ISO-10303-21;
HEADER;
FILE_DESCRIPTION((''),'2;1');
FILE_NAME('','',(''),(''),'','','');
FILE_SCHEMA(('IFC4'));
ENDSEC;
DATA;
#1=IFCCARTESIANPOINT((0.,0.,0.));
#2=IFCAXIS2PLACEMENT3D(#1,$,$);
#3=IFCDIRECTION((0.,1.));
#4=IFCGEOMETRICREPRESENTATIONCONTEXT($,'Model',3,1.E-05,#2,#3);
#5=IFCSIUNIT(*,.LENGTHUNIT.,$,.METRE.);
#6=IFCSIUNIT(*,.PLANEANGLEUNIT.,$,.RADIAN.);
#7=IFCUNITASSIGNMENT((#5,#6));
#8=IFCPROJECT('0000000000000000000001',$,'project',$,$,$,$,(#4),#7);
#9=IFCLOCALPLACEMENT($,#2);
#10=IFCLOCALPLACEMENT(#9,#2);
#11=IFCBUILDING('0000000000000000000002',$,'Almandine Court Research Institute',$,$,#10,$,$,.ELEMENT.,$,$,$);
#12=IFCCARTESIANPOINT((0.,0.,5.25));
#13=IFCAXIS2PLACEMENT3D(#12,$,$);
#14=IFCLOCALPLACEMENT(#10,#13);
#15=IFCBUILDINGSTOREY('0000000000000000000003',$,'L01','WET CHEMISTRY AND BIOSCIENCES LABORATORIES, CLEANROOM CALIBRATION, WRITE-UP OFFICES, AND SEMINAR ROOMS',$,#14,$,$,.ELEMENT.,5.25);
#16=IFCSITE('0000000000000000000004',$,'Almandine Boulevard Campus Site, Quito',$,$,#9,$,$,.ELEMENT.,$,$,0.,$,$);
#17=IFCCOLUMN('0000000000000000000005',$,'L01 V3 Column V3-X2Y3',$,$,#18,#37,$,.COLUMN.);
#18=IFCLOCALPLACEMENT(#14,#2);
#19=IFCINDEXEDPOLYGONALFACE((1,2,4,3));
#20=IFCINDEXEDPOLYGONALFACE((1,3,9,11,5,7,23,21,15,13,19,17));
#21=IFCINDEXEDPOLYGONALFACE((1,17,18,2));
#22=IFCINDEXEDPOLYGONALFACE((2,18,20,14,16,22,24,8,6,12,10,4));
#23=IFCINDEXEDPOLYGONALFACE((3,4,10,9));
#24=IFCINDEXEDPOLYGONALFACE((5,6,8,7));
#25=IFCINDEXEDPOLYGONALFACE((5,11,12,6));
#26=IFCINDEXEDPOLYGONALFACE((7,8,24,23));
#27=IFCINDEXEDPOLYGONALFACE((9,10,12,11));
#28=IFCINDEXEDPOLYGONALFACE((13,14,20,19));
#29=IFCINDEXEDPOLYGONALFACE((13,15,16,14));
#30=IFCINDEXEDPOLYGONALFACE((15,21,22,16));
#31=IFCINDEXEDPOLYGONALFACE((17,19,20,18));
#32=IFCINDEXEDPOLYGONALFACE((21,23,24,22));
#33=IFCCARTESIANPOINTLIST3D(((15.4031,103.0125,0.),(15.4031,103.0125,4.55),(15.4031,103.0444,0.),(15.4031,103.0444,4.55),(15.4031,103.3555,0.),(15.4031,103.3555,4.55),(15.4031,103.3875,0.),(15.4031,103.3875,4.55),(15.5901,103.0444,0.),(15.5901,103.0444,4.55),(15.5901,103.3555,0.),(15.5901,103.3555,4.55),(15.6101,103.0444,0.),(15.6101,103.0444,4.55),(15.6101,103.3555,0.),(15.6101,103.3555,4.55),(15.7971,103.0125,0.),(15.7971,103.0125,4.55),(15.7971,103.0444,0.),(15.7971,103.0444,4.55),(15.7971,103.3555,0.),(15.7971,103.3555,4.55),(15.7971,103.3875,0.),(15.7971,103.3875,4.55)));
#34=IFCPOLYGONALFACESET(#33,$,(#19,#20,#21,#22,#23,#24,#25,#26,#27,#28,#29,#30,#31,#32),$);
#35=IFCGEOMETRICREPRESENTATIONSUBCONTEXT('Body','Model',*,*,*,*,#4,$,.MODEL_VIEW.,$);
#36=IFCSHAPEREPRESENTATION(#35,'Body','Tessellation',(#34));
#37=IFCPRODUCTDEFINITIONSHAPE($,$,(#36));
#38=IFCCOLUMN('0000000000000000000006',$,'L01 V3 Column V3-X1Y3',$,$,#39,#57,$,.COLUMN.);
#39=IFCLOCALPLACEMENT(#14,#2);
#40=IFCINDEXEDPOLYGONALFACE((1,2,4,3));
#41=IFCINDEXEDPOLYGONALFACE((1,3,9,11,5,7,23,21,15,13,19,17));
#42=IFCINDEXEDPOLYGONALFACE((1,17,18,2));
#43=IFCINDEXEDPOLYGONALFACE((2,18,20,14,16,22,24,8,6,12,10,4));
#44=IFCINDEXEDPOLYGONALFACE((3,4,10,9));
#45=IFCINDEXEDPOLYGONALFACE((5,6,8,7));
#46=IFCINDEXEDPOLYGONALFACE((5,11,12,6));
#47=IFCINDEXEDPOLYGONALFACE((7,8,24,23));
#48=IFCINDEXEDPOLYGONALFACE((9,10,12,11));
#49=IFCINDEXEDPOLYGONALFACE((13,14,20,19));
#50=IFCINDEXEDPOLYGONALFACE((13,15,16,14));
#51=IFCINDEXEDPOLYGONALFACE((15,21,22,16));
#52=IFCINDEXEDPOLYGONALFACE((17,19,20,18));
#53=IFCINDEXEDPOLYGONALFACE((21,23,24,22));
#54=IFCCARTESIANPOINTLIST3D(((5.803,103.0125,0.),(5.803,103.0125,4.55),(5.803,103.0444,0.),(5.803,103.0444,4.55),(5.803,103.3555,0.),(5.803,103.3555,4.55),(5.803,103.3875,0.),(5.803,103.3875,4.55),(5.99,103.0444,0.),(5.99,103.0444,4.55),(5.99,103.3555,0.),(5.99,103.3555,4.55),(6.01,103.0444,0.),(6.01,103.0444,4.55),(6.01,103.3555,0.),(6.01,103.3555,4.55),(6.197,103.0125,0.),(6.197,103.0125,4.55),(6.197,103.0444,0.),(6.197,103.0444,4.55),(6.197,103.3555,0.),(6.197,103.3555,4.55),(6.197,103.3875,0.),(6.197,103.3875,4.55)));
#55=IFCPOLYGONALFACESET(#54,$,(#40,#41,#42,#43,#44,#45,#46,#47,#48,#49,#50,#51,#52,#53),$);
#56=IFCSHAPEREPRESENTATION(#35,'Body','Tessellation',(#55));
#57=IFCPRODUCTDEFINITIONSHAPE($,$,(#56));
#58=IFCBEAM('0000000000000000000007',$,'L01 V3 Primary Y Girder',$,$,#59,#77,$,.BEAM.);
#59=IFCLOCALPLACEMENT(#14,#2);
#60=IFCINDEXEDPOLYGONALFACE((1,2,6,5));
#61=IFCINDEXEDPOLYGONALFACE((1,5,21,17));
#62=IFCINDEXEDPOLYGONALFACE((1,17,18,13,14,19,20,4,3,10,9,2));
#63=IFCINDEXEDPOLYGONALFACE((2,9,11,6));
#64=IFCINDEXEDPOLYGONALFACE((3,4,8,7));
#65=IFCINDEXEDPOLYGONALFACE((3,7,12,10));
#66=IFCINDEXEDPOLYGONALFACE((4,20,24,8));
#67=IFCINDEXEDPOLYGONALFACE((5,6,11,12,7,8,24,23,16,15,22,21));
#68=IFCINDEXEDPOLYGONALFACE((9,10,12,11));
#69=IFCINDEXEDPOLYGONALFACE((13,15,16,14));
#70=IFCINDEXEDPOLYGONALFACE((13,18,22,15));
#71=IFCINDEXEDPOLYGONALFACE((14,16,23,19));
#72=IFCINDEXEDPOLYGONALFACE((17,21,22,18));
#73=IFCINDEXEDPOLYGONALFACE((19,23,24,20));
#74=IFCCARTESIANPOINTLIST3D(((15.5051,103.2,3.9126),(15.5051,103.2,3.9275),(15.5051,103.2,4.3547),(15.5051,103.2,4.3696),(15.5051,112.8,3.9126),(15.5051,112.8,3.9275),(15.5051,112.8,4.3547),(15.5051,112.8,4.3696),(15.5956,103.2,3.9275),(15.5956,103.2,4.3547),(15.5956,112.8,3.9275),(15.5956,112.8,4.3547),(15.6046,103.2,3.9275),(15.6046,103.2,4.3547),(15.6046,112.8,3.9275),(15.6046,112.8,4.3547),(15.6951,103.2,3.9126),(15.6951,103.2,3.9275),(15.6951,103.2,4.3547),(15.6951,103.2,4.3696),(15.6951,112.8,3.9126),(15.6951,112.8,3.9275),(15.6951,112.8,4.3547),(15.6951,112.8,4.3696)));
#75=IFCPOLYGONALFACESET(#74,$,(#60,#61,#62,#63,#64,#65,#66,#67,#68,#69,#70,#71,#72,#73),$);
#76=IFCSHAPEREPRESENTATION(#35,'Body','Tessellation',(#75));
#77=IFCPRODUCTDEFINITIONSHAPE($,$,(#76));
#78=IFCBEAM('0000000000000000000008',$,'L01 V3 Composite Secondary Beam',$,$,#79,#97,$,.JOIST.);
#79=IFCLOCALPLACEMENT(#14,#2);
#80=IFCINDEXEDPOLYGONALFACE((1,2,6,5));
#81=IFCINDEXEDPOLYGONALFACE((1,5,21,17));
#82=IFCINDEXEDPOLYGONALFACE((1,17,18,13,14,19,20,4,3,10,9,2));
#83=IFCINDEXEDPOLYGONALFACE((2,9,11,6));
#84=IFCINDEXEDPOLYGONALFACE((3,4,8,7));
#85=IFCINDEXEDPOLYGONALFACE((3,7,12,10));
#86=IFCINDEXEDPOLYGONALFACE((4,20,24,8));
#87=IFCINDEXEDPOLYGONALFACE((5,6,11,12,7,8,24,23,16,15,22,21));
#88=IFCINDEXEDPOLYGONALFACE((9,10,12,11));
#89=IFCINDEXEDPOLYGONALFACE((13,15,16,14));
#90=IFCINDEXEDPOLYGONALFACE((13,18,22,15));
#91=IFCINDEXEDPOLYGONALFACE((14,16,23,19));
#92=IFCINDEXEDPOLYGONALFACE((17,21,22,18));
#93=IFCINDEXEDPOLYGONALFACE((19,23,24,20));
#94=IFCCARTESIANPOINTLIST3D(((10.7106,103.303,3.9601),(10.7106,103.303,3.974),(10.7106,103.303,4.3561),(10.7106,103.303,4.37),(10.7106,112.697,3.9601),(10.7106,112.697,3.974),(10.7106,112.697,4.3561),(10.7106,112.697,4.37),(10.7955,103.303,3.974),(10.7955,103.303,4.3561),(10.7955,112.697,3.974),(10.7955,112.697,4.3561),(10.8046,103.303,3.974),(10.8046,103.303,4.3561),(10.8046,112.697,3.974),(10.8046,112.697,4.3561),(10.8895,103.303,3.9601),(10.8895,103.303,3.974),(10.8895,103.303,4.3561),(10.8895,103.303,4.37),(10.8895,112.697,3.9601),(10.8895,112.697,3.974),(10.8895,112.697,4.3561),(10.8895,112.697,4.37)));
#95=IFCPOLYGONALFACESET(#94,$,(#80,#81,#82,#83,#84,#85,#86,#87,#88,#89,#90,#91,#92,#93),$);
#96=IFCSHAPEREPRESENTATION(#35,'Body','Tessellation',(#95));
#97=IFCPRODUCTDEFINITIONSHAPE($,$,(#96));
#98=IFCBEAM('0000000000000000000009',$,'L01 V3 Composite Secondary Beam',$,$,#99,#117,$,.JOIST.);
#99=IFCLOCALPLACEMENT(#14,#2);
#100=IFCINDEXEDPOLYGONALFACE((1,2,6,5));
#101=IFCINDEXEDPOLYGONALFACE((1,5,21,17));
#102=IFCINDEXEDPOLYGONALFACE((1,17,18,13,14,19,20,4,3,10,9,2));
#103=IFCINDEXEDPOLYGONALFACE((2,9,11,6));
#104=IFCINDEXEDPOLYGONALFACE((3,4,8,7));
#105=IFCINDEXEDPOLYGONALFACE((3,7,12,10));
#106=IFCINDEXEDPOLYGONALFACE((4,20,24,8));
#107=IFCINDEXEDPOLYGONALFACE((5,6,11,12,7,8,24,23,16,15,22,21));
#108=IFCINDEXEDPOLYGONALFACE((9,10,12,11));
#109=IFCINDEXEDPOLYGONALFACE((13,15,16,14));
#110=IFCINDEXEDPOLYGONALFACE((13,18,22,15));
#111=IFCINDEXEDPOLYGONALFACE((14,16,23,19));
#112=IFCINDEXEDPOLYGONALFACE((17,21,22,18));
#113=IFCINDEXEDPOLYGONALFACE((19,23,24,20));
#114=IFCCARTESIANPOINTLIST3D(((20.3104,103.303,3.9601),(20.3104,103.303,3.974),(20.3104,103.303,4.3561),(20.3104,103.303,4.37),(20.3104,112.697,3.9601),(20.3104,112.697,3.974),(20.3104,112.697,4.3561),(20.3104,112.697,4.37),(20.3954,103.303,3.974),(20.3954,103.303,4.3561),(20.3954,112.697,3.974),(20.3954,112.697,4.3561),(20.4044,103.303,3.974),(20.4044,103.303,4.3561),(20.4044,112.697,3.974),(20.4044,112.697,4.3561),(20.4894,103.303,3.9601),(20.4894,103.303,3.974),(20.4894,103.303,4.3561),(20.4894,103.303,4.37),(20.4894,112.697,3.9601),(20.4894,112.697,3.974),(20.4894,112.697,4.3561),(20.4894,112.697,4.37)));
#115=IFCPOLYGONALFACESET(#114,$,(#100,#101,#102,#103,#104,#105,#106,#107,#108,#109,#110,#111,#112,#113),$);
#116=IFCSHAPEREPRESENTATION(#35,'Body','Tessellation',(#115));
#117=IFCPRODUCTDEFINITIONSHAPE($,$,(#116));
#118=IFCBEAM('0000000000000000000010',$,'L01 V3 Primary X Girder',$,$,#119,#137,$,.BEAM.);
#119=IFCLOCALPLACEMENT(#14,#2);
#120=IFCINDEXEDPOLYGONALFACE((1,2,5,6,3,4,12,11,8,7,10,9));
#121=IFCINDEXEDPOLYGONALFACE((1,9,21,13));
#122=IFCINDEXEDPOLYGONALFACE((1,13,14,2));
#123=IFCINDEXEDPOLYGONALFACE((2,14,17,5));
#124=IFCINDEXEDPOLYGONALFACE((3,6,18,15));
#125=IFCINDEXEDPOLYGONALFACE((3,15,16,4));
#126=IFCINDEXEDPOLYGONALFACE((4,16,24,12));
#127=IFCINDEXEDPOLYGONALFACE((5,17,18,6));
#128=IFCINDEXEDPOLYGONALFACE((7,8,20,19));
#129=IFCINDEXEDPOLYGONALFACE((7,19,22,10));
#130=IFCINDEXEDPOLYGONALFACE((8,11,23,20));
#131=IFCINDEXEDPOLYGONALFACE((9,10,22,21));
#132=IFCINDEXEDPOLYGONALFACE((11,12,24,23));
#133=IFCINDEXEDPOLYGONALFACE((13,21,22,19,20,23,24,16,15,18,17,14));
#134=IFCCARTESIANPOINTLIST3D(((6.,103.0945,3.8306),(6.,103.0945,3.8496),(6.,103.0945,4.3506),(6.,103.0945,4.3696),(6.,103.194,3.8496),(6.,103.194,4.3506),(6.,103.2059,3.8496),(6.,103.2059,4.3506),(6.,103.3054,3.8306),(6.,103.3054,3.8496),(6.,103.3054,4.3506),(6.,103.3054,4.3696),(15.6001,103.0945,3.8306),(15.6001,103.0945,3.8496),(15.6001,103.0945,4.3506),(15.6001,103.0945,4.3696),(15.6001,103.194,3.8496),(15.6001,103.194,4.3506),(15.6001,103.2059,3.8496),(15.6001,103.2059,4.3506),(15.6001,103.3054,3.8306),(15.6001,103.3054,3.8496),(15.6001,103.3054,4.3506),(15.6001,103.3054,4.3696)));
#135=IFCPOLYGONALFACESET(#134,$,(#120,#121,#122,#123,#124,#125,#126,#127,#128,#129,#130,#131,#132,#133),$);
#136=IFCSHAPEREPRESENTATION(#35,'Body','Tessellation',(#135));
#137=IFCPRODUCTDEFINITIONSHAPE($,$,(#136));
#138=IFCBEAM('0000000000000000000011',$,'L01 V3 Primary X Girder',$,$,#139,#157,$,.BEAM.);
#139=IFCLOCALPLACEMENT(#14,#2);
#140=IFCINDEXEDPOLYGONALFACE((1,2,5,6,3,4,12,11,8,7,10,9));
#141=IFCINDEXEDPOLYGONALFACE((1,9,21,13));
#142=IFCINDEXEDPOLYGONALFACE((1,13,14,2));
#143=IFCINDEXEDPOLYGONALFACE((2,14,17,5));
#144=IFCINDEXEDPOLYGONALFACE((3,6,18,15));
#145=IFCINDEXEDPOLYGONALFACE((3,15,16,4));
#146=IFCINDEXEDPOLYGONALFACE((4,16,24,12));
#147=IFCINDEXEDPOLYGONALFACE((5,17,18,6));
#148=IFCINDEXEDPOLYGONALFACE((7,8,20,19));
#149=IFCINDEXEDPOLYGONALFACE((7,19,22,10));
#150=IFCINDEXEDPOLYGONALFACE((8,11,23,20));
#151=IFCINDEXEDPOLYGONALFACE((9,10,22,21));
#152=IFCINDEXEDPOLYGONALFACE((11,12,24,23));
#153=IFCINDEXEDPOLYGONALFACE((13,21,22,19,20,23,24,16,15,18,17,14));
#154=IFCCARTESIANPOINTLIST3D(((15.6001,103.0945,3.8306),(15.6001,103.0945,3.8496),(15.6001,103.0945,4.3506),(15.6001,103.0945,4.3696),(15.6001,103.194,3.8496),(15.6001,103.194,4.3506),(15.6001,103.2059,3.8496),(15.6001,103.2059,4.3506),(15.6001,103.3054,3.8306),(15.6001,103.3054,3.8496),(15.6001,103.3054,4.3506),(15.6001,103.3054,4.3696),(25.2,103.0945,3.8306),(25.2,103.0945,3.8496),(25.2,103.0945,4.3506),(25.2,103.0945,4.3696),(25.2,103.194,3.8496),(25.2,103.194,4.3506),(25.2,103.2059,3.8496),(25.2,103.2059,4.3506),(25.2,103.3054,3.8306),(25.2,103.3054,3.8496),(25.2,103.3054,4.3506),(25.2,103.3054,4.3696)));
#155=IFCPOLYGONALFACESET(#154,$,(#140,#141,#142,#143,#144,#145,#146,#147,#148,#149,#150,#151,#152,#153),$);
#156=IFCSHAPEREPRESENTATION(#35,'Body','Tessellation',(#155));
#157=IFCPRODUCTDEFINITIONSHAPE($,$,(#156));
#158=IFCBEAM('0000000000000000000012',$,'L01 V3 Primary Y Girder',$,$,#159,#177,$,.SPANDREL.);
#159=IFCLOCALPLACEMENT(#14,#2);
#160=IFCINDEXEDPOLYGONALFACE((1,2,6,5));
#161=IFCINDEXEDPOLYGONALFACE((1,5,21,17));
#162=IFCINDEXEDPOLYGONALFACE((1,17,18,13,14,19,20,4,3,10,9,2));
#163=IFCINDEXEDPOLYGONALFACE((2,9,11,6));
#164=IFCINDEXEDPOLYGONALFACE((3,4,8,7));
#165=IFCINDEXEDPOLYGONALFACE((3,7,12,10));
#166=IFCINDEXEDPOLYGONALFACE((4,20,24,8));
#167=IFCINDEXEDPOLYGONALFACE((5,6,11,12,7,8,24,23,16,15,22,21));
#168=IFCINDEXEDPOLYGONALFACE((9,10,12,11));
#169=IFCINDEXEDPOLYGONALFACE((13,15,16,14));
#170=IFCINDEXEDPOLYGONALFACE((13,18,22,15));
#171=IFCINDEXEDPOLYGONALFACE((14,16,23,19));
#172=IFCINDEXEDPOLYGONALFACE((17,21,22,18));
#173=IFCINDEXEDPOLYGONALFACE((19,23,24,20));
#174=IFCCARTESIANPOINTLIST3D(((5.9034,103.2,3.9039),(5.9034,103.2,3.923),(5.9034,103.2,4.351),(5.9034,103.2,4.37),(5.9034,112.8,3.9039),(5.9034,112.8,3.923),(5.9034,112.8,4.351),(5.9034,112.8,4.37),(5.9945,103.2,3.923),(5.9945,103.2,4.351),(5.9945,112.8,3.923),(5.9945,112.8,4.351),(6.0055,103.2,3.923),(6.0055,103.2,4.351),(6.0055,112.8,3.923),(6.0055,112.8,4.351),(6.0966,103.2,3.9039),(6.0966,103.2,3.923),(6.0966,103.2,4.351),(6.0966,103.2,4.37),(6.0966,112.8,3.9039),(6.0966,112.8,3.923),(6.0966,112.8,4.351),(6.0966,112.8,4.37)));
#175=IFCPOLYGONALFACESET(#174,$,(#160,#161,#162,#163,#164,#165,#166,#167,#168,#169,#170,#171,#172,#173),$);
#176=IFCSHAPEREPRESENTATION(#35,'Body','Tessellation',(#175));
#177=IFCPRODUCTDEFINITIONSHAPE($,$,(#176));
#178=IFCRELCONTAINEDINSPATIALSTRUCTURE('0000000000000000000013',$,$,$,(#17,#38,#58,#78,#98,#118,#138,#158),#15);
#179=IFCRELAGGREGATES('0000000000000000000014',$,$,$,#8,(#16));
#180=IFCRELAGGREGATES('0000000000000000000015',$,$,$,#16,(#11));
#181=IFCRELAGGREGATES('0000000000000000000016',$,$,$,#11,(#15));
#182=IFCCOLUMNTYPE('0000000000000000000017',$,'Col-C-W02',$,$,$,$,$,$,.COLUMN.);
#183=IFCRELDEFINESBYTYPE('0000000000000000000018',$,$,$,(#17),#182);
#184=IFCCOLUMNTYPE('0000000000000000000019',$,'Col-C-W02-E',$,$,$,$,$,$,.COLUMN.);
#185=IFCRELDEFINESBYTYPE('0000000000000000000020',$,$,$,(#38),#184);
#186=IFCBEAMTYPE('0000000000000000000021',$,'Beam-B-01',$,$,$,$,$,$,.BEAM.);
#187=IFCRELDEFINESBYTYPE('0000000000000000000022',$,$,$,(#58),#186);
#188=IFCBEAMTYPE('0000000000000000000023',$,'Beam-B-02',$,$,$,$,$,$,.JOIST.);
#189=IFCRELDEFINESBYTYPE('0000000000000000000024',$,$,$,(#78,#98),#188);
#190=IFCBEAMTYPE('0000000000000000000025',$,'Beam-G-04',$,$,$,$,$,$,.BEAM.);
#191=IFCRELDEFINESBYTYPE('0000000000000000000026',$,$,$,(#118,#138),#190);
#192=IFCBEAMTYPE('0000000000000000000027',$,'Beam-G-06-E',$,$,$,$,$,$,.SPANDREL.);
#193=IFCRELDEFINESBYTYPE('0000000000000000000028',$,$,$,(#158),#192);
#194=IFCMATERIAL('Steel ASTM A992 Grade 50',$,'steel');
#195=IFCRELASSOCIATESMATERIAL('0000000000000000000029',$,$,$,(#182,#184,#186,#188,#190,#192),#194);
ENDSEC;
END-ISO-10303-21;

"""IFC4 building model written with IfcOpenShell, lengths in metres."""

from ifc_helpers import new_model, si_unit, direction, frame, origin, origin_2d, place, context, subcontext, project, spatial, i_section, extrude, material, material_profile, profile_set, type_object, element, save


model = new_model("IFC4")

# Units and contexts
model_context = context("Model", 3, precision=1e-05, world=origin(), true_north=direction((0.0, 1.0)))
body_context = subcontext(model_context, "Body", "Model", "MODEL_VIEW")
ifc_project = project(units=[si_unit("LENGTHUNIT", "METRE"), si_unit("PLANEANGLEUNIT", "RADIAN")], contexts=[model_context])

# Site, building, storey
site_placement = place(None, origin())
site = spatial("IfcSite", under=ifc_project, at=site_placement, Name="Almandine Boulevard Campus Site, Quito", CompositionType="ELEMENT", RefElevation=0.0)
building_placement = place(site_placement, origin())
building = spatial("IfcBuilding", under=site, at=building_placement, Name="Almandine Court Research Institute", CompositionType="ELEMENT")
storey_placement = place(building_placement, frame((0.0, 0.0, 5.25)))
storey = spatial("IfcBuildingStorey", under=building, at=storey_placement, Name="L01", Description="WET CHEMISTRY AND BIOSCIENCES LABORATORIES, CLEANROOM CALIBRATION, WRITE-UP OFFICES, AND SEMINAR ROOMS", CompositionType="ELEMENT", Elevation=5.25)

# Columns
ifc_material_1 = material(Name="Steel ASTM A992 Grade 50", Category="steel")
ifc_material_profile_1 = material_profile(ifc_material_1, i_section(OverallWidth=0.394, OverallDepth=0.375, WebThickness=0.02, FlangeThickness=0.032, at=origin_2d()), Name="W360x216")
ifc_profile_set_1 = profile_set([ifc_material_profile_1], Name="Steel ASTM A992 Grade 50")
column_type_1 = type_object("IfcColumnType", Name="Col-C-W02", PredefinedType="COLUMN", material=ifc_profile_set_1)
column_1_placement = place(storey_placement, frame((15.6001, 103.2, 0.0), z_axis=(0.0, 0.0, 1.0), x_axis=(1.0, 0.0, 0.0)))
element("IfcColumn", 1, at=column_1_placement, inside=storey, type_object=column_type_1, Name="L01 V3 Column V3-X2Y3", PredefinedType="COLUMN", context=body_context, shape_type="SweptSolid", body=[
    extrude(i_section(OverallWidth=0.394, OverallDepth=0.375, WebThickness=0.02, FlangeThickness=0.032, at=origin_2d()), origin(), (0.0, 0.0, 1.0), 4.55),
])
ifc_material_profile_2 = material_profile(ifc_material_1, i_section(OverallWidth=0.394, OverallDepth=0.375, WebThickness=0.02, FlangeThickness=0.032, at=origin_2d()), Name="W360x216")
ifc_profile_set_2 = profile_set([ifc_material_profile_2], Name="Steel ASTM A992 Grade 50")
column_type_2 = type_object("IfcColumnType", Name="Col-C-W02-E", PredefinedType="COLUMN", material=ifc_profile_set_2)
column_2_placement = place(storey_placement, frame((6.0, 103.2, 0.0), z_axis=(0.0, 0.0, 1.0), x_axis=(1.0, 0.0, 0.0)))
element("IfcColumn", 2, at=column_2_placement, inside=storey, type_object=column_type_2, Name="L01 V3 Column V3-X1Y3", PredefinedType="COLUMN", context=body_context, shape_type="SweptSolid", body=[
    extrude(i_section(OverallWidth=0.394, OverallDepth=0.375, WebThickness=0.02, FlangeThickness=0.032, at=origin_2d()), origin(), (0.0, 0.0, 1.0), 4.55),
])

# Beams
ifc_material_profile_3 = material_profile(ifc_material_1, i_section(OverallWidth=0.1899, OverallDepth=0.457, WebThickness=0.009, FlangeThickness=0.0149, at=origin_2d()), Name="W460x74")
ifc_profile_set_3 = profile_set([ifc_material_profile_3], Name="Steel ASTM A992 Grade 50")
beam_type_1 = type_object("IfcBeamType", Name="Beam-B-01", PredefinedType="BEAM", material=ifc_profile_set_3)
beam_1_placement = place(storey_placement, frame((15.6001, 103.2, 4.1411), z_axis=(0.0, 1.0, 0.0), x_axis=(-1.0, 0.0, 0.0)))
element("IfcBeam", 3, at=beam_1_placement, inside=storey, type_object=beam_type_1, Name="L01 V3 Primary Y Girder", PredefinedType="BEAM", context=body_context, shape_type="SweptSolid", body=[
    extrude(i_section(OverallWidth=0.1899, OverallDepth=0.457, WebThickness=0.009, FlangeThickness=0.0149, at=origin_2d()), origin(), (0.0, 0.0, 1.0), 9.6001),
])
ifc_material_profile_4 = material_profile(ifc_material_1, i_section(OverallWidth=0.179, OverallDepth=0.4099, WebThickness=0.009, FlangeThickness=0.0139, at=origin_2d()), Name="W410x67")
ifc_profile_set_4 = profile_set([ifc_material_profile_4], Name="Steel ASTM A992 Grade 50")
beam_type_2 = type_object("IfcBeamType", Name="Beam-B-02", PredefinedType="JOIST", material=ifc_profile_set_4)
for number, where, z_axis, x_axis, name in (
    (4, (10.8, 103.303, 4.165), (0.0, 1.0, 0.0), (-1.0, 0.0, 0.0), "L01 V3 Composite Secondary Beam"),
    (5, (20.3999, 103.303, 4.165), (0.0, 1.0, 0.0), (-1.0, 0.0, 0.0), "L01 V3 Composite Secondary Beam"),
):
    element("IfcBeam", number, at=place(storey_placement, frame(where, z_axis=z_axis, x_axis=x_axis)), inside=storey, type_object=beam_type_2, Name=name, PredefinedType="JOIST", context=body_context, shape_type="SweptSolid", body=[
        extrude(i_section(OverallWidth=0.179, OverallDepth=0.4099, WebThickness=0.009, FlangeThickness=0.0139, at=origin_2d()), origin(), (0.0, 0.0, 1.0), 9.394),
    ])
ifc_material_profile_5 = material_profile(ifc_material_1, i_section(OverallWidth=0.2109, OverallDepth=0.5391, WebThickness=0.012, FlangeThickness=0.019, at=origin_2d()), Name="W530x109")
ifc_profile_set_5 = profile_set([ifc_material_profile_5], Name="Steel ASTM A992 Grade 50")
beam_type_3 = type_object("IfcBeamType", Name="Beam-G-04", PredefinedType="BEAM", material=ifc_profile_set_5)
beam_2_placement = place(storey_placement, frame((6.0, 103.2, 4.1001), z_axis=(1.0, 0.0, 0.0), x_axis=(0.0, 1.0, 0.0)))
element("IfcBeam", 6, at=beam_2_placement, inside=storey, type_object=beam_type_3, Name="L01 V3 Primary X Girder", PredefinedType="BEAM", context=body_context, shape_type="SweptSolid", body=[
    extrude(i_section(OverallWidth=0.2109, OverallDepth=0.5391, WebThickness=0.012, FlangeThickness=0.019, at=origin_2d()), origin(), (0.0, 0.0, 1.0), 9.6001),
])
beam_3_placement = place(storey_placement, frame((15.6001, 103.2, 4.1001), z_axis=(1.0, 0.0, 0.0), x_axis=(0.0, 1.0, 0.0)))
element("IfcBeam", 7, at=beam_3_placement, inside=storey, type_object=beam_type_3, Name="L01 V3 Primary X Girder", PredefinedType="BEAM", context=body_context, shape_type="SweptSolid", body=[
    extrude(i_section(OverallWidth=0.2109, OverallDepth=0.5391, WebThickness=0.012, FlangeThickness=0.019, at=origin_2d()), origin(), (0.0, 0.0, 1.0), 9.5999),
])
ifc_material_profile_6 = material_profile(ifc_material_1, i_section(OverallWidth=0.1931, OverallDepth=0.4661, WebThickness=0.011, FlangeThickness=0.019, at=origin_2d()), Name="W460x97")
ifc_profile_set_6 = profile_set([ifc_material_profile_6], Name="Steel ASTM A992 Grade 50")
beam_type_4 = type_object("IfcBeamType", Name="Beam-G-06-E", PredefinedType="SPANDREL", material=ifc_profile_set_6)
beam_4_placement = place(storey_placement, frame((6.0, 103.2, 4.137), z_axis=(0.0, 1.0, 0.0), x_axis=(-1.0, 0.0, 0.0)))
element("IfcBeam", 8, at=beam_4_placement, inside=storey, type_object=beam_type_4, Name="L01 V3 Primary Y Girder", PredefinedType="SPANDREL", context=body_context, shape_type="SweptSolid", body=[
    extrude(i_section(OverallWidth=0.1931, OverallDepth=0.4661, WebThickness=0.011, FlangeThickness=0.019, at=origin_2d()), origin(), (0.0, 0.0, 1.0), 9.6001),
])

save(model, "model.ifc")
